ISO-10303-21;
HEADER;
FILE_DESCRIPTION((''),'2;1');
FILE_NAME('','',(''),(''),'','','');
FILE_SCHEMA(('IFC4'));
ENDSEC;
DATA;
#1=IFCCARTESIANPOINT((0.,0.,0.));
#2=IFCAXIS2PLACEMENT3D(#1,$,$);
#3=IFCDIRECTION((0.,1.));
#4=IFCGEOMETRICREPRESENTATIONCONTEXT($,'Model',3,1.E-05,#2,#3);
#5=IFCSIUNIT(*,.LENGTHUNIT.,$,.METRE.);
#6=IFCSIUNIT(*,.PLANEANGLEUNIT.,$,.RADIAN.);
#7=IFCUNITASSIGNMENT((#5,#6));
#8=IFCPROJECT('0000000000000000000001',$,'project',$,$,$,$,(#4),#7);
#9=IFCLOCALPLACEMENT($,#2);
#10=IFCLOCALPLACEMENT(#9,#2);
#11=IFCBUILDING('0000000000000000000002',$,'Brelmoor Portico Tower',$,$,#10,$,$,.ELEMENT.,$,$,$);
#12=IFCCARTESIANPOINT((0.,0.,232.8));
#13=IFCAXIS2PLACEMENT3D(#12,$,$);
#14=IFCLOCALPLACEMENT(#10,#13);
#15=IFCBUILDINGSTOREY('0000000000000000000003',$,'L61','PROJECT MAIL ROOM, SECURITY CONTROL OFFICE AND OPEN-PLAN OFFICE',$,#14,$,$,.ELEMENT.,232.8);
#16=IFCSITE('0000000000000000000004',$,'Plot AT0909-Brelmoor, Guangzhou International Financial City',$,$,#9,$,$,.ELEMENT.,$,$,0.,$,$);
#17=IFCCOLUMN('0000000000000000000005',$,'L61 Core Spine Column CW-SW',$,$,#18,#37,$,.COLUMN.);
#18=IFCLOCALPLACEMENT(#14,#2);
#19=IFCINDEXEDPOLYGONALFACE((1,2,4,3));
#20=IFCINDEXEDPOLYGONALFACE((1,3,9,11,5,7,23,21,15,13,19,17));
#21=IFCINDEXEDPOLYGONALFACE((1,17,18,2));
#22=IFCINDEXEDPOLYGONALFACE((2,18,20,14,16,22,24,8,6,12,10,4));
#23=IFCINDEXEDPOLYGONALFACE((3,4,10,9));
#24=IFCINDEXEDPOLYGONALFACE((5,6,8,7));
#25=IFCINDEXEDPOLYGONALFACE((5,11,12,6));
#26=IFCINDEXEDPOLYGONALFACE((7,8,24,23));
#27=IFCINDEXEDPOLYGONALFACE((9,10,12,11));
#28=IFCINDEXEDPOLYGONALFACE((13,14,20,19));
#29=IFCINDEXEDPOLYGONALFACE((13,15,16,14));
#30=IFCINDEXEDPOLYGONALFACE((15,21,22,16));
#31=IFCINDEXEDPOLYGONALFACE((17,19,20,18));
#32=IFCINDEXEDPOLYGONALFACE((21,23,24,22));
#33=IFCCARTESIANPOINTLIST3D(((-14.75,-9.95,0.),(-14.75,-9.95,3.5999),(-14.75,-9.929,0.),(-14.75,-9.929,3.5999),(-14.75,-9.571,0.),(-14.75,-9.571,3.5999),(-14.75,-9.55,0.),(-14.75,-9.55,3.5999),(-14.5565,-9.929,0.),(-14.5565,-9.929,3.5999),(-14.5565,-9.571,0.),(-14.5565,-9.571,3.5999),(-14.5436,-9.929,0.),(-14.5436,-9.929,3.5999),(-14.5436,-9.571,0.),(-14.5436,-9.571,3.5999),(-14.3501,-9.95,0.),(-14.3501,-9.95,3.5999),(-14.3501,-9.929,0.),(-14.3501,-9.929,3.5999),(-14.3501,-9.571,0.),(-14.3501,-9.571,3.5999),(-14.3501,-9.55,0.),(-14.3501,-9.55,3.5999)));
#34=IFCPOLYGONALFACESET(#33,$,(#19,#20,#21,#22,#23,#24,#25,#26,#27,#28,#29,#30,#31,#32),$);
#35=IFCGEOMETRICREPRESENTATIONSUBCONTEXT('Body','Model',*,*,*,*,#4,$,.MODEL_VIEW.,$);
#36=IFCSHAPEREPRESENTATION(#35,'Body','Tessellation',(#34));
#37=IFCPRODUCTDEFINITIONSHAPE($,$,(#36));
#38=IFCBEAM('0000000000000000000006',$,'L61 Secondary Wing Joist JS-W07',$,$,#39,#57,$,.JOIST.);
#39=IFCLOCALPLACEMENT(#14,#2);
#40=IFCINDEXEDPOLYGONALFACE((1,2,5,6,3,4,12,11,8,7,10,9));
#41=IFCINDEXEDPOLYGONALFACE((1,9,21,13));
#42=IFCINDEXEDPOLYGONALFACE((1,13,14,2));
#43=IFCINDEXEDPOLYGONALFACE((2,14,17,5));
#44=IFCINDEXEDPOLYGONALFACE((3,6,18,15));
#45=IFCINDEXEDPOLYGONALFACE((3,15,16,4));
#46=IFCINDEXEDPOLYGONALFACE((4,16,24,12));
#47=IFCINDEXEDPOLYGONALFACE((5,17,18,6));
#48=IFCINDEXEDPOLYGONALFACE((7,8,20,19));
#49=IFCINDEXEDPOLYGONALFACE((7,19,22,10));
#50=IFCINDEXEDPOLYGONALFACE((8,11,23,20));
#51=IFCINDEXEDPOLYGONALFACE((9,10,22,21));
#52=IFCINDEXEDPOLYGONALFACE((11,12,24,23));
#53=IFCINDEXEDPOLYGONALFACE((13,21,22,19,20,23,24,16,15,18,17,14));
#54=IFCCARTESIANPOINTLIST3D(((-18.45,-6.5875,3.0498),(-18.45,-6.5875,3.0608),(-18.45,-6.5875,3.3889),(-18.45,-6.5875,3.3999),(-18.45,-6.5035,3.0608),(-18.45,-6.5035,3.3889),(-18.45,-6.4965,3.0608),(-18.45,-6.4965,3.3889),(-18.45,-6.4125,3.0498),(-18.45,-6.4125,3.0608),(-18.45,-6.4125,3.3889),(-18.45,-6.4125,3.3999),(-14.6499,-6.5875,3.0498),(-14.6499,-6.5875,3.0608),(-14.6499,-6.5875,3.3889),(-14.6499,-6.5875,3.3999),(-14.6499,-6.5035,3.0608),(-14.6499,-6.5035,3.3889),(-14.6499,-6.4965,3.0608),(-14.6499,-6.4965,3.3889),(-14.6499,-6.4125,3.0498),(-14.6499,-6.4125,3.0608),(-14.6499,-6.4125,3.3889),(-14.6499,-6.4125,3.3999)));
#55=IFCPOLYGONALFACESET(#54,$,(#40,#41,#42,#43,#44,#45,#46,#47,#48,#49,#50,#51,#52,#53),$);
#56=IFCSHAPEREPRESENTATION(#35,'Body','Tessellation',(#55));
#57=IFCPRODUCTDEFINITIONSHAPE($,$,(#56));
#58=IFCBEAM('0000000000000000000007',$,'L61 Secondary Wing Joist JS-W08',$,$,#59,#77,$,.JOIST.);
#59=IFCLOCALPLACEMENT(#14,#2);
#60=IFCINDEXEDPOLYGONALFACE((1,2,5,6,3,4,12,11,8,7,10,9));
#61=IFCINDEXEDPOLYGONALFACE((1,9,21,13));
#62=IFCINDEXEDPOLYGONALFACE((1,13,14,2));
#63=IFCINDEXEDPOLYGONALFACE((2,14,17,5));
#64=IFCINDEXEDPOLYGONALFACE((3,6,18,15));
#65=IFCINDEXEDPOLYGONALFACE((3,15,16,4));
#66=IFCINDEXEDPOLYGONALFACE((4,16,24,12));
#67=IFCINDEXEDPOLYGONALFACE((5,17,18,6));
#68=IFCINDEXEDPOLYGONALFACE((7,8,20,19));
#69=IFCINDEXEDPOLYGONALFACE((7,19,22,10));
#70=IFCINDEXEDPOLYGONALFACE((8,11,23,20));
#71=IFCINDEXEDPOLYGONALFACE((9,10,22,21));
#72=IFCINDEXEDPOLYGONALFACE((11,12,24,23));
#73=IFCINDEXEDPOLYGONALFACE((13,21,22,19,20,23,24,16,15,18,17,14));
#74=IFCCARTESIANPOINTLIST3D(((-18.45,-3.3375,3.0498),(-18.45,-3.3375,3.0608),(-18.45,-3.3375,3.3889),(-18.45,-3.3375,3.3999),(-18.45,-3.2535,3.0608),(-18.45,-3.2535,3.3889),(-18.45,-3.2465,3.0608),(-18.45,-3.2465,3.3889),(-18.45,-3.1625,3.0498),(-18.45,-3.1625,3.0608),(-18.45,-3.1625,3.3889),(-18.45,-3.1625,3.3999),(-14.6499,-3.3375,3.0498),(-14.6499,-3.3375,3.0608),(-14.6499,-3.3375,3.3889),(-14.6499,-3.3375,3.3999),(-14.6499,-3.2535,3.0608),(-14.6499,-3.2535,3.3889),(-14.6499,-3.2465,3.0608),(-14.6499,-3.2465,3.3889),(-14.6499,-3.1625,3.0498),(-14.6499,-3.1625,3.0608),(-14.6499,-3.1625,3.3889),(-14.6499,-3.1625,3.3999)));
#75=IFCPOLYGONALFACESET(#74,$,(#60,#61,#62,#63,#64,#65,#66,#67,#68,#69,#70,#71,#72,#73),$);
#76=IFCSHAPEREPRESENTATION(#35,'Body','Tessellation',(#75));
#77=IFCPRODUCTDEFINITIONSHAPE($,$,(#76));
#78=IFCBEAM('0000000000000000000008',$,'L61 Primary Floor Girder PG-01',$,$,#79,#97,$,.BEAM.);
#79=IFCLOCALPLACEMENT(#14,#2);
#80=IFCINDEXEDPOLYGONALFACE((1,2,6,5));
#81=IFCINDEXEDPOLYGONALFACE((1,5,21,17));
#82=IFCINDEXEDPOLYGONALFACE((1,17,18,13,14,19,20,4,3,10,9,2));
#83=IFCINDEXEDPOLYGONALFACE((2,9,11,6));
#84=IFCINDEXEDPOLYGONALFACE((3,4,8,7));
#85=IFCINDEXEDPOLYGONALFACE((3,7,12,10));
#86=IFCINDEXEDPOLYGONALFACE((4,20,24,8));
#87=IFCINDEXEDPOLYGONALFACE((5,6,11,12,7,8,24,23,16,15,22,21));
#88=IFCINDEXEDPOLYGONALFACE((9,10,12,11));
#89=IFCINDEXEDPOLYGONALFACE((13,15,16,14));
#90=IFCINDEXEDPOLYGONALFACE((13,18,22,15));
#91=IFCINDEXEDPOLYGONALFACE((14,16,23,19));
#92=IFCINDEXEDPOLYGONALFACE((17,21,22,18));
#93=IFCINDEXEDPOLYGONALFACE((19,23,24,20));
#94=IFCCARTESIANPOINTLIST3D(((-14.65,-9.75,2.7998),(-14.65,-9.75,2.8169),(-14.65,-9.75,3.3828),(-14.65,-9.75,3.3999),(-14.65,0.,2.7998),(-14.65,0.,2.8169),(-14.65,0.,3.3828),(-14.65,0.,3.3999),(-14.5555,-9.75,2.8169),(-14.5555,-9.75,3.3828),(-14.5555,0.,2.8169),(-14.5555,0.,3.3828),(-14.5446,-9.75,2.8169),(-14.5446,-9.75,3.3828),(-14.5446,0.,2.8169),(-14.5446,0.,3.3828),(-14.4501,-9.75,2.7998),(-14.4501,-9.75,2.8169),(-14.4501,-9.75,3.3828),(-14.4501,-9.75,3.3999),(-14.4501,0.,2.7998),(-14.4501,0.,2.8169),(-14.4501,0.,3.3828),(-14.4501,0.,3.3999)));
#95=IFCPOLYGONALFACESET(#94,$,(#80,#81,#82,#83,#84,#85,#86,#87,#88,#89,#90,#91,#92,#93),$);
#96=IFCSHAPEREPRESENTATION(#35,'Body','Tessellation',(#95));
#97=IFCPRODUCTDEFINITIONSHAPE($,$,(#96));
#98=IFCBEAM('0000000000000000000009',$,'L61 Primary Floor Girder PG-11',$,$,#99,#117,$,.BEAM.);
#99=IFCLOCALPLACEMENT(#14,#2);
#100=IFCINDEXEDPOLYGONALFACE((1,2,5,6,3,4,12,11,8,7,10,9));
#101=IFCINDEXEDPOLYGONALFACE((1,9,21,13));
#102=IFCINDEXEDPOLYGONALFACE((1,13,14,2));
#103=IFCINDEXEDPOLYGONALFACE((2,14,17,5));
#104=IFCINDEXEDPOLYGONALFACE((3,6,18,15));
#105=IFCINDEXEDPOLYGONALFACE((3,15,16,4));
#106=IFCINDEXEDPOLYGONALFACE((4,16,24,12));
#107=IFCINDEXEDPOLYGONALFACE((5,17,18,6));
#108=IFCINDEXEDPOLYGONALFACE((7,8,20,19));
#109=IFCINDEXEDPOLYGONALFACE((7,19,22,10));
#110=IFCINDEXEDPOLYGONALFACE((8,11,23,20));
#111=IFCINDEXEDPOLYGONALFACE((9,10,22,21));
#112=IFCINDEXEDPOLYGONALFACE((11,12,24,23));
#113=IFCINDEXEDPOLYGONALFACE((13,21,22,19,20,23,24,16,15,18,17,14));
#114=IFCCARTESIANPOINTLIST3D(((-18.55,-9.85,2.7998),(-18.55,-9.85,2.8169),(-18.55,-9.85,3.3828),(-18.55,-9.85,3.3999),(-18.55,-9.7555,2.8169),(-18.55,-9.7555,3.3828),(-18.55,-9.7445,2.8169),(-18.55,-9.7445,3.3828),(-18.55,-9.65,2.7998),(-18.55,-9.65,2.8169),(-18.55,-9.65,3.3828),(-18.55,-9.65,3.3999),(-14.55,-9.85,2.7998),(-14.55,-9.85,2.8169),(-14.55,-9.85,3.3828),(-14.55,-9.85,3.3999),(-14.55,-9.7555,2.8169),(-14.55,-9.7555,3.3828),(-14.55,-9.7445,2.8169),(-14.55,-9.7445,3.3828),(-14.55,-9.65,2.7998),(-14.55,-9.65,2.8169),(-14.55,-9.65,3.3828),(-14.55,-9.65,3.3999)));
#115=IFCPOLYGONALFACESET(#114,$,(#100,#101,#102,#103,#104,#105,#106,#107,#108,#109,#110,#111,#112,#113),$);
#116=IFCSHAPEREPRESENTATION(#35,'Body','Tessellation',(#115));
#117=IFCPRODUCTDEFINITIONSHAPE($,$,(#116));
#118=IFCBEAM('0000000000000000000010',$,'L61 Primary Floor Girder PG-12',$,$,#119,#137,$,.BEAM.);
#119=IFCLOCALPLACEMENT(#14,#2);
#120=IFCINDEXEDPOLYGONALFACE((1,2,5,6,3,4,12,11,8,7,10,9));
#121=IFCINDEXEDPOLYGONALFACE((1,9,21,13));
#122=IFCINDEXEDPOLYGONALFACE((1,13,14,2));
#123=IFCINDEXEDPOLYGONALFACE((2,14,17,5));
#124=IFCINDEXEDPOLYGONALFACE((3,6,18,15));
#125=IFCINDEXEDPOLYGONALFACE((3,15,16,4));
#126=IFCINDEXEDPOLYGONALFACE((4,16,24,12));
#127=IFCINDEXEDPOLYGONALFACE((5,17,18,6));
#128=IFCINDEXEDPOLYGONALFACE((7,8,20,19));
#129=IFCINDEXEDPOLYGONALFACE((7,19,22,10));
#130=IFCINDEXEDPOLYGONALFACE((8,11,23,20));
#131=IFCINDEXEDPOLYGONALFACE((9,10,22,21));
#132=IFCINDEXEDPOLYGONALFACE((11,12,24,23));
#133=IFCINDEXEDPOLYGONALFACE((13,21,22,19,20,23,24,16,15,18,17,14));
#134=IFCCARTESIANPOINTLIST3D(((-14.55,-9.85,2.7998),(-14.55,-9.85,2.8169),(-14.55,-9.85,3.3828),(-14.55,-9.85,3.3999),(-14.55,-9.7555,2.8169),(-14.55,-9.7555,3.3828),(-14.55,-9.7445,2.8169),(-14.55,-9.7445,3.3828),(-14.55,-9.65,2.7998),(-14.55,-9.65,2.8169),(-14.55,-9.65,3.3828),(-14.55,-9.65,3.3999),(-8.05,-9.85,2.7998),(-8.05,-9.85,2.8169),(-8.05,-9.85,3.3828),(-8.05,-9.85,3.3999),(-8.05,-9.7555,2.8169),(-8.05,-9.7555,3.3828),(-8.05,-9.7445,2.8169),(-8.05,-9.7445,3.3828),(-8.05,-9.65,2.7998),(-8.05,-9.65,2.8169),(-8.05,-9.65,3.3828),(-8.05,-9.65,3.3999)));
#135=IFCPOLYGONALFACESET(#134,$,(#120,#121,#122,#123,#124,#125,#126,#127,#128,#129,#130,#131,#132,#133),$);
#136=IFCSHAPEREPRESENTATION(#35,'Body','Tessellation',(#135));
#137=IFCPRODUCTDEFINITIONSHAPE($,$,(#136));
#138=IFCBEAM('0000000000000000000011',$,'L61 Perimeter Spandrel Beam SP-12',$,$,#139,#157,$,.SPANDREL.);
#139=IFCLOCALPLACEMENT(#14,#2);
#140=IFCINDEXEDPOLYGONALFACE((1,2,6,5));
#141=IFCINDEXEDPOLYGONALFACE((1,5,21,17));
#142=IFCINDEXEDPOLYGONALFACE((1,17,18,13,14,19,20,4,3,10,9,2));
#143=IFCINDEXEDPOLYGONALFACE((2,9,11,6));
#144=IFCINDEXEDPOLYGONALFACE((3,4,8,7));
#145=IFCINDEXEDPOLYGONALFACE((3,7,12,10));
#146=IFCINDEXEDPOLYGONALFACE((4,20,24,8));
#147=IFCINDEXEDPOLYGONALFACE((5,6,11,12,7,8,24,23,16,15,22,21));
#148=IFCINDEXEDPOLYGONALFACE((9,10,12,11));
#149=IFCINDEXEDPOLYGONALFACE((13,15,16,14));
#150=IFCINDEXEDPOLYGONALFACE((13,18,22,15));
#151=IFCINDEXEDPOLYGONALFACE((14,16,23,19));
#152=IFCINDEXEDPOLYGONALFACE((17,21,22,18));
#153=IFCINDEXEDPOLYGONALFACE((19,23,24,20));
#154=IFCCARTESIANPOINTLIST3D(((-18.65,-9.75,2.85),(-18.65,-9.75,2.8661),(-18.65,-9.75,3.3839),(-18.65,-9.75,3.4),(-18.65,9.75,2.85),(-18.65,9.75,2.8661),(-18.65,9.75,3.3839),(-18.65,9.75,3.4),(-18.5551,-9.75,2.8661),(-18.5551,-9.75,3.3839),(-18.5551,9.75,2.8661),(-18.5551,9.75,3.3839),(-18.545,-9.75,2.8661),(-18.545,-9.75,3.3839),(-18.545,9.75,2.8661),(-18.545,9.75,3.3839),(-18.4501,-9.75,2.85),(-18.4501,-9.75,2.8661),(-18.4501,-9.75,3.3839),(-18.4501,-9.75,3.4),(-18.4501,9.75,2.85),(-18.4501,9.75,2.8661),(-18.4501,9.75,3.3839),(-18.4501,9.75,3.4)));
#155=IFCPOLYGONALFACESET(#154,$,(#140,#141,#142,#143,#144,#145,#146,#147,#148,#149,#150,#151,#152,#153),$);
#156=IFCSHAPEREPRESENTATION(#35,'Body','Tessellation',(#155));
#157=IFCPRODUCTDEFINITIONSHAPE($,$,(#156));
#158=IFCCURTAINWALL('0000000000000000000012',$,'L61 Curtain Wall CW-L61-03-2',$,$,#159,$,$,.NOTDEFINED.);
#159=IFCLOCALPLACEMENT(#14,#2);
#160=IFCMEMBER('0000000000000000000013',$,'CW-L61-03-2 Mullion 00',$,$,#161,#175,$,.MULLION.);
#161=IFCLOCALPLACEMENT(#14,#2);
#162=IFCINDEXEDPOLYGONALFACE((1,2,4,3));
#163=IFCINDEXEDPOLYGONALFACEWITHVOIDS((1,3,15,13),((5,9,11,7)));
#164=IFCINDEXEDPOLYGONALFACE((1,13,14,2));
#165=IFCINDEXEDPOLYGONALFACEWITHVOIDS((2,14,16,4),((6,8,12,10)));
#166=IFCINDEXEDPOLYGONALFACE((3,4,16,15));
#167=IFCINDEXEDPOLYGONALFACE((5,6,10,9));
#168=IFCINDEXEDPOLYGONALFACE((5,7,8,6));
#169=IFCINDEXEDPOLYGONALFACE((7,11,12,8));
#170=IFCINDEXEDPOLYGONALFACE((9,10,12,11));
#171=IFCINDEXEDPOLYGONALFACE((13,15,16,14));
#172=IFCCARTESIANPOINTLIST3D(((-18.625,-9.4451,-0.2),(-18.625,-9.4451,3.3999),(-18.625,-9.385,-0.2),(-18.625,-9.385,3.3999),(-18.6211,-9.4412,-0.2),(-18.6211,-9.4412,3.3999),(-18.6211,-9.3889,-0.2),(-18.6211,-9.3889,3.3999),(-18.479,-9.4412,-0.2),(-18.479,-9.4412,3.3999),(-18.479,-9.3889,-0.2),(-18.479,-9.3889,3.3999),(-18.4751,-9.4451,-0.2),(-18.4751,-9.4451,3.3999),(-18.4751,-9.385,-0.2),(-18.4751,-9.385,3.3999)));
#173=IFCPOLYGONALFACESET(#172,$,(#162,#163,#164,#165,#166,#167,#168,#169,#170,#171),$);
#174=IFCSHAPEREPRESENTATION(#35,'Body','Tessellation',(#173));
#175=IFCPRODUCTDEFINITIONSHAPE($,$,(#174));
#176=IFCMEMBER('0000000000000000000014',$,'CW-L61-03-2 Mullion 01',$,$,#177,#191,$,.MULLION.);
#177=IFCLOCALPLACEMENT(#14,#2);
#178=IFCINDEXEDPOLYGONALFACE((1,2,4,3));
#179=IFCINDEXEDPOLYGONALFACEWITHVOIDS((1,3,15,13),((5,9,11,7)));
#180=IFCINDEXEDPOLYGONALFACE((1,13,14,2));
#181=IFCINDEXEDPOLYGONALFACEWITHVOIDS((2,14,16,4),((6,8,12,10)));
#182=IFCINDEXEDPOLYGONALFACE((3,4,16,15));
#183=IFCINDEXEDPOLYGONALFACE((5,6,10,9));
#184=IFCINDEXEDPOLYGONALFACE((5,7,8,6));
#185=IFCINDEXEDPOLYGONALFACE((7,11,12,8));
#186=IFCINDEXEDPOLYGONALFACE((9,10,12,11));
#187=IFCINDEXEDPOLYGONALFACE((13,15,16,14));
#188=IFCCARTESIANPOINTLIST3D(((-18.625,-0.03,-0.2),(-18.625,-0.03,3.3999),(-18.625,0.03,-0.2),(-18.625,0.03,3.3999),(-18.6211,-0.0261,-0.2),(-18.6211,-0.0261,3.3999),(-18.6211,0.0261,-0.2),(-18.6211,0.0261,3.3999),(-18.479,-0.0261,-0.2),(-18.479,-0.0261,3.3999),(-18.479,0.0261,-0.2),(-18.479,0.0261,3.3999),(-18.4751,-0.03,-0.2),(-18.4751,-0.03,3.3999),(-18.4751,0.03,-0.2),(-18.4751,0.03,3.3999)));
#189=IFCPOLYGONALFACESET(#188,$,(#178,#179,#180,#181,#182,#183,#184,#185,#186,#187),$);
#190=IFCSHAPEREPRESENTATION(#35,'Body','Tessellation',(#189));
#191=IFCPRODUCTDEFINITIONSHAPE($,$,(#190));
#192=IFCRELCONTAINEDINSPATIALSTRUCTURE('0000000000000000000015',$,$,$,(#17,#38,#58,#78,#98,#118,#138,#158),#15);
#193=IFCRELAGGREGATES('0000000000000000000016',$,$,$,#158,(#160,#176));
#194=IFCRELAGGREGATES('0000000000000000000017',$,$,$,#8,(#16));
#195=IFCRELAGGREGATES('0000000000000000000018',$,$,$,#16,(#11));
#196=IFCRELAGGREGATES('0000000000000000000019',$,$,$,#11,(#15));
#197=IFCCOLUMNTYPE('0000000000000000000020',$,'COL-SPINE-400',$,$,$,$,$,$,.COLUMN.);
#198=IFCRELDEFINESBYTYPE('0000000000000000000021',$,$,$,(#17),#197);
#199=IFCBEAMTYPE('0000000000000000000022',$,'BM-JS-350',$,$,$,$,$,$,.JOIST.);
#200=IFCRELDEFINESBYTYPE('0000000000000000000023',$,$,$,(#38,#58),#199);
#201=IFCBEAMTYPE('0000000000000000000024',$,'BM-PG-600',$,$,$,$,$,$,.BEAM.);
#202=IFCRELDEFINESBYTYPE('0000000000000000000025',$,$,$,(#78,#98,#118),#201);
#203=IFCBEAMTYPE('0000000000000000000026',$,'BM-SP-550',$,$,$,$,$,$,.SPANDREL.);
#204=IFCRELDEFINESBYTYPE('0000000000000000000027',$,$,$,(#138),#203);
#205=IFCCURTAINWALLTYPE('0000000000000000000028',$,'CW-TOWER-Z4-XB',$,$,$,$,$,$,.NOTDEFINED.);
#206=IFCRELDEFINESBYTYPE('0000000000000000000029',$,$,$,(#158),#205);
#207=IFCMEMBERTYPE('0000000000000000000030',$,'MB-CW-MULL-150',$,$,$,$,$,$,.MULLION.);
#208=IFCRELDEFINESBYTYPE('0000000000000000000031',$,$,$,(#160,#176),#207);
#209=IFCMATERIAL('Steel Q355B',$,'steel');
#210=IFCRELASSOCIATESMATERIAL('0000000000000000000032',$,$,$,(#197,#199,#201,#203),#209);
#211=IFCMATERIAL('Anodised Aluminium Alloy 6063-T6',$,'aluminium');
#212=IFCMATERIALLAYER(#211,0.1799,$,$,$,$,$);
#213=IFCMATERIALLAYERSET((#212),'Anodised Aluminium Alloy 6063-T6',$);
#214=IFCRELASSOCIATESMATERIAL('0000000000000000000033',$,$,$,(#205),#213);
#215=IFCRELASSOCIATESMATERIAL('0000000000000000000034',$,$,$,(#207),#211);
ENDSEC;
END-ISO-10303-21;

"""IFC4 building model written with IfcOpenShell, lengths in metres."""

from ifc_helpers import new_model, si_unit, direction, frame, origin, origin_2d, place, context, subcontext, project, spatial, hollow_rectangle, i_section, extrude, material, layer, layer_set, material_profile, profile_set, type_object, element, aggregate, save


model = new_model("IFC4")

# Units and contexts
model_context = context("Model", 3, precision=1e-05, world=origin(), true_north=direction((0.0, 1.0)))
body_context = subcontext(model_context, "Body", "Model", "MODEL_VIEW")
ifc_project = project(units=[si_unit("LENGTHUNIT", "METRE"), si_unit("PLANEANGLEUNIT", "RADIAN")], contexts=[model_context])

# Site, building, storey
site_placement = place(None, origin())
site = spatial("IfcSite", under=ifc_project, at=site_placement, Name="Plot AT0909-Brelmoor, Guangzhou International Financial City", CompositionType="ELEMENT", RefElevation=0.0)
building_placement = place(site_placement, origin())
building = spatial("IfcBuilding", under=site, at=building_placement, Name="Brelmoor Portico Tower", CompositionType="ELEMENT")
storey_placement = place(building_placement, frame((0.0, 0.0, 232.8)))
storey = spatial("IfcBuildingStorey", under=building, at=storey_placement, Name="L61", Description="PROJECT MAIL ROOM, SECURITY CONTROL OFFICE AND OPEN-PLAN OFFICE", CompositionType="ELEMENT", Elevation=232.8)

# Column
ifc_material_1 = material(Name="Steel Q355B", Category="steel")
ifc_material_profile_1 = material_profile(ifc_material_1, i_section(OverallWidth=0.3999, OverallDepth=0.3999, WebThickness=0.0129, FlangeThickness=0.021, at=origin_2d()), Name="HW 400x400x13x21")
ifc_profile_set_1 = profile_set([ifc_material_profile_1], Name="Steel Q355B")
column_type = type_object("IfcColumnType", Name="COL-SPINE-400", PredefinedType="COLUMN", material=ifc_profile_set_1)
column_placement = place(storey_placement, frame((-14.55, -9.75, 0.0), z_axis=(0.0, 0.0, 1.0), x_axis=(1.0, 0.0, 0.0)))
element("IfcColumn", 1, at=column_placement, inside=storey, type_object=column_type, Name="L61 Core Spine Column CW-SW", PredefinedType="COLUMN", context=body_context, shape_type="SweptSolid", body=[
    extrude(i_section(OverallWidth=0.3999, OverallDepth=0.3999, WebThickness=0.0129, FlangeThickness=0.021, at=origin_2d()), origin(), (0.0, 0.0, 1.0), 3.5999),
])

# Beams
ifc_material_profile_2 = material_profile(ifc_material_1, i_section(OverallWidth=0.175, OverallDepth=0.3501, WebThickness=0.0071, FlangeThickness=0.011, at=origin_2d()), Name="HN 350x175x7x11")
ifc_profile_set_2 = profile_set([ifc_material_profile_2], Name="Steel Q355B")
beam_type_1 = type_object("IfcBeamType", Name="BM-JS-350", PredefinedType="JOIST", material=ifc_profile_set_2)
for number, where, z_axis, x_axis, name in (
    (2, (-18.45, -6.5, 3.2249), (1.0, 0.0, 0.0), (0.0, 1.0, 0.0), "L61 Secondary Wing Joist JS-W07"),
    (3, (-18.45, -3.25, 3.2249), (1.0, 0.0, 0.0), (0.0, 1.0, 0.0), "L61 Secondary Wing Joist JS-W08"),
):
    element("IfcBeam", number, at=place(storey_placement, frame(where, z_axis=z_axis, x_axis=x_axis)), inside=storey, type_object=beam_type_1, Name=name, PredefinedType="JOIST", context=body_context, shape_type="SweptSolid", body=[
        extrude(i_section(OverallWidth=0.175, OverallDepth=0.3501, WebThickness=0.0071, FlangeThickness=0.011, at=origin_2d()), origin(), (0.0, 0.0, 1.0), 3.8),
    ])
ifc_material_profile_3 = material_profile(ifc_material_1, i_section(OverallWidth=0.2, OverallDepth=0.6001, WebThickness=0.011, FlangeThickness=0.0171, at=origin_2d()), Name="HN 600x200x11x17")
ifc_profile_set_3 = profile_set([ifc_material_profile_3], Name="Steel Q355B")
beam_type_2 = type_object("IfcBeamType", Name="BM-PG-600", PredefinedType="BEAM", material=ifc_profile_set_3)
beam_1_placement = place(storey_placement, frame((-14.55, -9.75, 3.0999), z_axis=(0.0, 1.0, 0.0), x_axis=(-1.0, 0.0, 0.0)))
element("IfcBeam", 4, at=beam_1_placement, inside=storey, type_object=beam_type_2, Name="L61 Primary Floor Girder PG-01", PredefinedType="BEAM", context=body_context, shape_type="SweptSolid", body=[
    extrude(i_section(OverallWidth=0.2, OverallDepth=0.6001, WebThickness=0.011, FlangeThickness=0.0171, at=origin_2d()), origin(), (0.0, 0.0, 1.0), 9.75),
])
beam_2_placement = place(storey_placement, frame((-18.55, -9.75, 3.0999), z_axis=(1.0, 0.0, 0.0), x_axis=(0.0, 1.0, 0.0)))
element("IfcBeam", 5, at=beam_2_placement, inside=storey, type_object=beam_type_2, Name="L61 Primary Floor Girder PG-11", PredefinedType="BEAM", context=body_context, shape_type="SweptSolid", body=[
    extrude(i_section(OverallWidth=0.2, OverallDepth=0.6001, WebThickness=0.011, FlangeThickness=0.0171, at=origin_2d()), origin(), (0.0, 0.0, 1.0), 4.0),
])
beam_3_placement = place(storey_placement, frame((-14.55, -9.75, 3.0999), z_axis=(1.0, 0.0, 0.0), x_axis=(0.0, 1.0, 0.0)))
element("IfcBeam", 6, at=beam_3_placement, inside=storey, type_object=beam_type_2, Name="L61 Primary Floor Girder PG-12", PredefinedType="BEAM", context=body_context, shape_type="SweptSolid", body=[
    extrude(i_section(OverallWidth=0.2, OverallDepth=0.6001, WebThickness=0.011, FlangeThickness=0.0171, at=origin_2d()), origin(), (0.0, 0.0, 1.0), 6.5),
])
ifc_material_profile_4 = material_profile(ifc_material_1, i_section(OverallWidth=0.2, OverallDepth=0.55, WebThickness=0.01, FlangeThickness=0.0161, at=origin_2d()), Name="HN 550x200x10x16")
ifc_profile_set_4 = profile_set([ifc_material_profile_4], Name="Steel Q355B")
beam_type_3 = type_object("IfcBeamType", Name="BM-SP-550", PredefinedType="SPANDREL", material=ifc_profile_set_4)
beam_4_placement = place(storey_placement, frame((-18.55, -9.75, 3.125), z_axis=(0.0, 1.0, 0.0), x_axis=(-1.0, 0.0, 0.0)))
element("IfcBeam", 7, at=beam_4_placement, inside=storey, type_object=beam_type_3, Name="L61 Perimeter Spandrel Beam SP-12", PredefinedType="SPANDREL", context=body_context, shape_type="SweptSolid", body=[
    extrude(i_section(OverallWidth=0.2, OverallDepth=0.55, WebThickness=0.01, FlangeThickness=0.0161, at=origin_2d()), origin(), (0.0, 0.0, 1.0), 19.5),
])

# Curtain wall, members
ifc_material_2 = material(Name="Anodised Aluminium Alloy 6063-T6", Category="aluminium")
ifc_layer_1 = layer(ifc_material_2, 0.1799)
ifc_layer_set_1 = layer_set([ifc_layer_1], Name="Anodised Aluminium Alloy 6063-T6")
curtain_wall_type = type_object("IfcCurtainWallType", Name="CW-TOWER-Z4-XB", PredefinedType="NOTDEFINED", material=ifc_layer_set_1)
curtain_wall_placement = place(storey_placement, origin())
curtain_wall = element("IfcCurtainWall", 8, at=curtain_wall_placement, inside=storey, type_object=curtain_wall_type, Name="L61 Curtain Wall CW-L61-03-2", PredefinedType="NOTDEFINED")
ifc_material_profile_5 = material_profile(ifc_material_2, hollow_rectangle(XDim=0.0601, YDim=0.1499, WallThickness=0.0039, at=origin_2d()), Name="ALU MULLION 60x150")
ifc_profile_set_5 = profile_set([ifc_material_profile_5], Name="Anodised Aluminium Alloy 6063-T6")
member_type_1 = type_object("IfcMemberType", Name="MB-CW-MULL-150", PredefinedType="MULLION", material=ifc_profile_set_5)
member_1_placement = place(storey_placement, frame((-18.55, -9.415, -0.2), z_axis=(0.0, 0.0, 1.0), x_axis=(0.0, 1.0, 0.0)))
member_1 = element("IfcMember", 9, at=member_1_placement, type_object=member_type_1, Name="CW-L61-03-2 Mullion 00", PredefinedType="MULLION", context=body_context, shape_type="SweptSolid", body=[
    extrude(hollow_rectangle(XDim=0.0601, YDim=0.1499, WallThickness=0.0039, at=origin_2d()), origin(), (0.0, 0.0, 1.0), 3.5999),
])
member_2_placement = place(storey_placement, frame((-18.55, 0.0, -0.2), z_axis=(0.0, 0.0, 1.0), x_axis=(0.0, 1.0, 0.0)))
member_2 = element("IfcMember", 10, at=member_2_placement, type_object=member_type_1, Name="CW-L61-03-2 Mullion 01", PredefinedType="MULLION", context=body_context, shape_type="SweptSolid", body=[
    extrude(hollow_rectangle(XDim=0.0601, YDim=0.1499, WallThickness=0.0039, at=origin_2d()), origin(), (0.0, 0.0, 1.0), 3.5999),
])
aggregate(curtain_wall, [member_1, member_2])

save(model, "model.ifc")
